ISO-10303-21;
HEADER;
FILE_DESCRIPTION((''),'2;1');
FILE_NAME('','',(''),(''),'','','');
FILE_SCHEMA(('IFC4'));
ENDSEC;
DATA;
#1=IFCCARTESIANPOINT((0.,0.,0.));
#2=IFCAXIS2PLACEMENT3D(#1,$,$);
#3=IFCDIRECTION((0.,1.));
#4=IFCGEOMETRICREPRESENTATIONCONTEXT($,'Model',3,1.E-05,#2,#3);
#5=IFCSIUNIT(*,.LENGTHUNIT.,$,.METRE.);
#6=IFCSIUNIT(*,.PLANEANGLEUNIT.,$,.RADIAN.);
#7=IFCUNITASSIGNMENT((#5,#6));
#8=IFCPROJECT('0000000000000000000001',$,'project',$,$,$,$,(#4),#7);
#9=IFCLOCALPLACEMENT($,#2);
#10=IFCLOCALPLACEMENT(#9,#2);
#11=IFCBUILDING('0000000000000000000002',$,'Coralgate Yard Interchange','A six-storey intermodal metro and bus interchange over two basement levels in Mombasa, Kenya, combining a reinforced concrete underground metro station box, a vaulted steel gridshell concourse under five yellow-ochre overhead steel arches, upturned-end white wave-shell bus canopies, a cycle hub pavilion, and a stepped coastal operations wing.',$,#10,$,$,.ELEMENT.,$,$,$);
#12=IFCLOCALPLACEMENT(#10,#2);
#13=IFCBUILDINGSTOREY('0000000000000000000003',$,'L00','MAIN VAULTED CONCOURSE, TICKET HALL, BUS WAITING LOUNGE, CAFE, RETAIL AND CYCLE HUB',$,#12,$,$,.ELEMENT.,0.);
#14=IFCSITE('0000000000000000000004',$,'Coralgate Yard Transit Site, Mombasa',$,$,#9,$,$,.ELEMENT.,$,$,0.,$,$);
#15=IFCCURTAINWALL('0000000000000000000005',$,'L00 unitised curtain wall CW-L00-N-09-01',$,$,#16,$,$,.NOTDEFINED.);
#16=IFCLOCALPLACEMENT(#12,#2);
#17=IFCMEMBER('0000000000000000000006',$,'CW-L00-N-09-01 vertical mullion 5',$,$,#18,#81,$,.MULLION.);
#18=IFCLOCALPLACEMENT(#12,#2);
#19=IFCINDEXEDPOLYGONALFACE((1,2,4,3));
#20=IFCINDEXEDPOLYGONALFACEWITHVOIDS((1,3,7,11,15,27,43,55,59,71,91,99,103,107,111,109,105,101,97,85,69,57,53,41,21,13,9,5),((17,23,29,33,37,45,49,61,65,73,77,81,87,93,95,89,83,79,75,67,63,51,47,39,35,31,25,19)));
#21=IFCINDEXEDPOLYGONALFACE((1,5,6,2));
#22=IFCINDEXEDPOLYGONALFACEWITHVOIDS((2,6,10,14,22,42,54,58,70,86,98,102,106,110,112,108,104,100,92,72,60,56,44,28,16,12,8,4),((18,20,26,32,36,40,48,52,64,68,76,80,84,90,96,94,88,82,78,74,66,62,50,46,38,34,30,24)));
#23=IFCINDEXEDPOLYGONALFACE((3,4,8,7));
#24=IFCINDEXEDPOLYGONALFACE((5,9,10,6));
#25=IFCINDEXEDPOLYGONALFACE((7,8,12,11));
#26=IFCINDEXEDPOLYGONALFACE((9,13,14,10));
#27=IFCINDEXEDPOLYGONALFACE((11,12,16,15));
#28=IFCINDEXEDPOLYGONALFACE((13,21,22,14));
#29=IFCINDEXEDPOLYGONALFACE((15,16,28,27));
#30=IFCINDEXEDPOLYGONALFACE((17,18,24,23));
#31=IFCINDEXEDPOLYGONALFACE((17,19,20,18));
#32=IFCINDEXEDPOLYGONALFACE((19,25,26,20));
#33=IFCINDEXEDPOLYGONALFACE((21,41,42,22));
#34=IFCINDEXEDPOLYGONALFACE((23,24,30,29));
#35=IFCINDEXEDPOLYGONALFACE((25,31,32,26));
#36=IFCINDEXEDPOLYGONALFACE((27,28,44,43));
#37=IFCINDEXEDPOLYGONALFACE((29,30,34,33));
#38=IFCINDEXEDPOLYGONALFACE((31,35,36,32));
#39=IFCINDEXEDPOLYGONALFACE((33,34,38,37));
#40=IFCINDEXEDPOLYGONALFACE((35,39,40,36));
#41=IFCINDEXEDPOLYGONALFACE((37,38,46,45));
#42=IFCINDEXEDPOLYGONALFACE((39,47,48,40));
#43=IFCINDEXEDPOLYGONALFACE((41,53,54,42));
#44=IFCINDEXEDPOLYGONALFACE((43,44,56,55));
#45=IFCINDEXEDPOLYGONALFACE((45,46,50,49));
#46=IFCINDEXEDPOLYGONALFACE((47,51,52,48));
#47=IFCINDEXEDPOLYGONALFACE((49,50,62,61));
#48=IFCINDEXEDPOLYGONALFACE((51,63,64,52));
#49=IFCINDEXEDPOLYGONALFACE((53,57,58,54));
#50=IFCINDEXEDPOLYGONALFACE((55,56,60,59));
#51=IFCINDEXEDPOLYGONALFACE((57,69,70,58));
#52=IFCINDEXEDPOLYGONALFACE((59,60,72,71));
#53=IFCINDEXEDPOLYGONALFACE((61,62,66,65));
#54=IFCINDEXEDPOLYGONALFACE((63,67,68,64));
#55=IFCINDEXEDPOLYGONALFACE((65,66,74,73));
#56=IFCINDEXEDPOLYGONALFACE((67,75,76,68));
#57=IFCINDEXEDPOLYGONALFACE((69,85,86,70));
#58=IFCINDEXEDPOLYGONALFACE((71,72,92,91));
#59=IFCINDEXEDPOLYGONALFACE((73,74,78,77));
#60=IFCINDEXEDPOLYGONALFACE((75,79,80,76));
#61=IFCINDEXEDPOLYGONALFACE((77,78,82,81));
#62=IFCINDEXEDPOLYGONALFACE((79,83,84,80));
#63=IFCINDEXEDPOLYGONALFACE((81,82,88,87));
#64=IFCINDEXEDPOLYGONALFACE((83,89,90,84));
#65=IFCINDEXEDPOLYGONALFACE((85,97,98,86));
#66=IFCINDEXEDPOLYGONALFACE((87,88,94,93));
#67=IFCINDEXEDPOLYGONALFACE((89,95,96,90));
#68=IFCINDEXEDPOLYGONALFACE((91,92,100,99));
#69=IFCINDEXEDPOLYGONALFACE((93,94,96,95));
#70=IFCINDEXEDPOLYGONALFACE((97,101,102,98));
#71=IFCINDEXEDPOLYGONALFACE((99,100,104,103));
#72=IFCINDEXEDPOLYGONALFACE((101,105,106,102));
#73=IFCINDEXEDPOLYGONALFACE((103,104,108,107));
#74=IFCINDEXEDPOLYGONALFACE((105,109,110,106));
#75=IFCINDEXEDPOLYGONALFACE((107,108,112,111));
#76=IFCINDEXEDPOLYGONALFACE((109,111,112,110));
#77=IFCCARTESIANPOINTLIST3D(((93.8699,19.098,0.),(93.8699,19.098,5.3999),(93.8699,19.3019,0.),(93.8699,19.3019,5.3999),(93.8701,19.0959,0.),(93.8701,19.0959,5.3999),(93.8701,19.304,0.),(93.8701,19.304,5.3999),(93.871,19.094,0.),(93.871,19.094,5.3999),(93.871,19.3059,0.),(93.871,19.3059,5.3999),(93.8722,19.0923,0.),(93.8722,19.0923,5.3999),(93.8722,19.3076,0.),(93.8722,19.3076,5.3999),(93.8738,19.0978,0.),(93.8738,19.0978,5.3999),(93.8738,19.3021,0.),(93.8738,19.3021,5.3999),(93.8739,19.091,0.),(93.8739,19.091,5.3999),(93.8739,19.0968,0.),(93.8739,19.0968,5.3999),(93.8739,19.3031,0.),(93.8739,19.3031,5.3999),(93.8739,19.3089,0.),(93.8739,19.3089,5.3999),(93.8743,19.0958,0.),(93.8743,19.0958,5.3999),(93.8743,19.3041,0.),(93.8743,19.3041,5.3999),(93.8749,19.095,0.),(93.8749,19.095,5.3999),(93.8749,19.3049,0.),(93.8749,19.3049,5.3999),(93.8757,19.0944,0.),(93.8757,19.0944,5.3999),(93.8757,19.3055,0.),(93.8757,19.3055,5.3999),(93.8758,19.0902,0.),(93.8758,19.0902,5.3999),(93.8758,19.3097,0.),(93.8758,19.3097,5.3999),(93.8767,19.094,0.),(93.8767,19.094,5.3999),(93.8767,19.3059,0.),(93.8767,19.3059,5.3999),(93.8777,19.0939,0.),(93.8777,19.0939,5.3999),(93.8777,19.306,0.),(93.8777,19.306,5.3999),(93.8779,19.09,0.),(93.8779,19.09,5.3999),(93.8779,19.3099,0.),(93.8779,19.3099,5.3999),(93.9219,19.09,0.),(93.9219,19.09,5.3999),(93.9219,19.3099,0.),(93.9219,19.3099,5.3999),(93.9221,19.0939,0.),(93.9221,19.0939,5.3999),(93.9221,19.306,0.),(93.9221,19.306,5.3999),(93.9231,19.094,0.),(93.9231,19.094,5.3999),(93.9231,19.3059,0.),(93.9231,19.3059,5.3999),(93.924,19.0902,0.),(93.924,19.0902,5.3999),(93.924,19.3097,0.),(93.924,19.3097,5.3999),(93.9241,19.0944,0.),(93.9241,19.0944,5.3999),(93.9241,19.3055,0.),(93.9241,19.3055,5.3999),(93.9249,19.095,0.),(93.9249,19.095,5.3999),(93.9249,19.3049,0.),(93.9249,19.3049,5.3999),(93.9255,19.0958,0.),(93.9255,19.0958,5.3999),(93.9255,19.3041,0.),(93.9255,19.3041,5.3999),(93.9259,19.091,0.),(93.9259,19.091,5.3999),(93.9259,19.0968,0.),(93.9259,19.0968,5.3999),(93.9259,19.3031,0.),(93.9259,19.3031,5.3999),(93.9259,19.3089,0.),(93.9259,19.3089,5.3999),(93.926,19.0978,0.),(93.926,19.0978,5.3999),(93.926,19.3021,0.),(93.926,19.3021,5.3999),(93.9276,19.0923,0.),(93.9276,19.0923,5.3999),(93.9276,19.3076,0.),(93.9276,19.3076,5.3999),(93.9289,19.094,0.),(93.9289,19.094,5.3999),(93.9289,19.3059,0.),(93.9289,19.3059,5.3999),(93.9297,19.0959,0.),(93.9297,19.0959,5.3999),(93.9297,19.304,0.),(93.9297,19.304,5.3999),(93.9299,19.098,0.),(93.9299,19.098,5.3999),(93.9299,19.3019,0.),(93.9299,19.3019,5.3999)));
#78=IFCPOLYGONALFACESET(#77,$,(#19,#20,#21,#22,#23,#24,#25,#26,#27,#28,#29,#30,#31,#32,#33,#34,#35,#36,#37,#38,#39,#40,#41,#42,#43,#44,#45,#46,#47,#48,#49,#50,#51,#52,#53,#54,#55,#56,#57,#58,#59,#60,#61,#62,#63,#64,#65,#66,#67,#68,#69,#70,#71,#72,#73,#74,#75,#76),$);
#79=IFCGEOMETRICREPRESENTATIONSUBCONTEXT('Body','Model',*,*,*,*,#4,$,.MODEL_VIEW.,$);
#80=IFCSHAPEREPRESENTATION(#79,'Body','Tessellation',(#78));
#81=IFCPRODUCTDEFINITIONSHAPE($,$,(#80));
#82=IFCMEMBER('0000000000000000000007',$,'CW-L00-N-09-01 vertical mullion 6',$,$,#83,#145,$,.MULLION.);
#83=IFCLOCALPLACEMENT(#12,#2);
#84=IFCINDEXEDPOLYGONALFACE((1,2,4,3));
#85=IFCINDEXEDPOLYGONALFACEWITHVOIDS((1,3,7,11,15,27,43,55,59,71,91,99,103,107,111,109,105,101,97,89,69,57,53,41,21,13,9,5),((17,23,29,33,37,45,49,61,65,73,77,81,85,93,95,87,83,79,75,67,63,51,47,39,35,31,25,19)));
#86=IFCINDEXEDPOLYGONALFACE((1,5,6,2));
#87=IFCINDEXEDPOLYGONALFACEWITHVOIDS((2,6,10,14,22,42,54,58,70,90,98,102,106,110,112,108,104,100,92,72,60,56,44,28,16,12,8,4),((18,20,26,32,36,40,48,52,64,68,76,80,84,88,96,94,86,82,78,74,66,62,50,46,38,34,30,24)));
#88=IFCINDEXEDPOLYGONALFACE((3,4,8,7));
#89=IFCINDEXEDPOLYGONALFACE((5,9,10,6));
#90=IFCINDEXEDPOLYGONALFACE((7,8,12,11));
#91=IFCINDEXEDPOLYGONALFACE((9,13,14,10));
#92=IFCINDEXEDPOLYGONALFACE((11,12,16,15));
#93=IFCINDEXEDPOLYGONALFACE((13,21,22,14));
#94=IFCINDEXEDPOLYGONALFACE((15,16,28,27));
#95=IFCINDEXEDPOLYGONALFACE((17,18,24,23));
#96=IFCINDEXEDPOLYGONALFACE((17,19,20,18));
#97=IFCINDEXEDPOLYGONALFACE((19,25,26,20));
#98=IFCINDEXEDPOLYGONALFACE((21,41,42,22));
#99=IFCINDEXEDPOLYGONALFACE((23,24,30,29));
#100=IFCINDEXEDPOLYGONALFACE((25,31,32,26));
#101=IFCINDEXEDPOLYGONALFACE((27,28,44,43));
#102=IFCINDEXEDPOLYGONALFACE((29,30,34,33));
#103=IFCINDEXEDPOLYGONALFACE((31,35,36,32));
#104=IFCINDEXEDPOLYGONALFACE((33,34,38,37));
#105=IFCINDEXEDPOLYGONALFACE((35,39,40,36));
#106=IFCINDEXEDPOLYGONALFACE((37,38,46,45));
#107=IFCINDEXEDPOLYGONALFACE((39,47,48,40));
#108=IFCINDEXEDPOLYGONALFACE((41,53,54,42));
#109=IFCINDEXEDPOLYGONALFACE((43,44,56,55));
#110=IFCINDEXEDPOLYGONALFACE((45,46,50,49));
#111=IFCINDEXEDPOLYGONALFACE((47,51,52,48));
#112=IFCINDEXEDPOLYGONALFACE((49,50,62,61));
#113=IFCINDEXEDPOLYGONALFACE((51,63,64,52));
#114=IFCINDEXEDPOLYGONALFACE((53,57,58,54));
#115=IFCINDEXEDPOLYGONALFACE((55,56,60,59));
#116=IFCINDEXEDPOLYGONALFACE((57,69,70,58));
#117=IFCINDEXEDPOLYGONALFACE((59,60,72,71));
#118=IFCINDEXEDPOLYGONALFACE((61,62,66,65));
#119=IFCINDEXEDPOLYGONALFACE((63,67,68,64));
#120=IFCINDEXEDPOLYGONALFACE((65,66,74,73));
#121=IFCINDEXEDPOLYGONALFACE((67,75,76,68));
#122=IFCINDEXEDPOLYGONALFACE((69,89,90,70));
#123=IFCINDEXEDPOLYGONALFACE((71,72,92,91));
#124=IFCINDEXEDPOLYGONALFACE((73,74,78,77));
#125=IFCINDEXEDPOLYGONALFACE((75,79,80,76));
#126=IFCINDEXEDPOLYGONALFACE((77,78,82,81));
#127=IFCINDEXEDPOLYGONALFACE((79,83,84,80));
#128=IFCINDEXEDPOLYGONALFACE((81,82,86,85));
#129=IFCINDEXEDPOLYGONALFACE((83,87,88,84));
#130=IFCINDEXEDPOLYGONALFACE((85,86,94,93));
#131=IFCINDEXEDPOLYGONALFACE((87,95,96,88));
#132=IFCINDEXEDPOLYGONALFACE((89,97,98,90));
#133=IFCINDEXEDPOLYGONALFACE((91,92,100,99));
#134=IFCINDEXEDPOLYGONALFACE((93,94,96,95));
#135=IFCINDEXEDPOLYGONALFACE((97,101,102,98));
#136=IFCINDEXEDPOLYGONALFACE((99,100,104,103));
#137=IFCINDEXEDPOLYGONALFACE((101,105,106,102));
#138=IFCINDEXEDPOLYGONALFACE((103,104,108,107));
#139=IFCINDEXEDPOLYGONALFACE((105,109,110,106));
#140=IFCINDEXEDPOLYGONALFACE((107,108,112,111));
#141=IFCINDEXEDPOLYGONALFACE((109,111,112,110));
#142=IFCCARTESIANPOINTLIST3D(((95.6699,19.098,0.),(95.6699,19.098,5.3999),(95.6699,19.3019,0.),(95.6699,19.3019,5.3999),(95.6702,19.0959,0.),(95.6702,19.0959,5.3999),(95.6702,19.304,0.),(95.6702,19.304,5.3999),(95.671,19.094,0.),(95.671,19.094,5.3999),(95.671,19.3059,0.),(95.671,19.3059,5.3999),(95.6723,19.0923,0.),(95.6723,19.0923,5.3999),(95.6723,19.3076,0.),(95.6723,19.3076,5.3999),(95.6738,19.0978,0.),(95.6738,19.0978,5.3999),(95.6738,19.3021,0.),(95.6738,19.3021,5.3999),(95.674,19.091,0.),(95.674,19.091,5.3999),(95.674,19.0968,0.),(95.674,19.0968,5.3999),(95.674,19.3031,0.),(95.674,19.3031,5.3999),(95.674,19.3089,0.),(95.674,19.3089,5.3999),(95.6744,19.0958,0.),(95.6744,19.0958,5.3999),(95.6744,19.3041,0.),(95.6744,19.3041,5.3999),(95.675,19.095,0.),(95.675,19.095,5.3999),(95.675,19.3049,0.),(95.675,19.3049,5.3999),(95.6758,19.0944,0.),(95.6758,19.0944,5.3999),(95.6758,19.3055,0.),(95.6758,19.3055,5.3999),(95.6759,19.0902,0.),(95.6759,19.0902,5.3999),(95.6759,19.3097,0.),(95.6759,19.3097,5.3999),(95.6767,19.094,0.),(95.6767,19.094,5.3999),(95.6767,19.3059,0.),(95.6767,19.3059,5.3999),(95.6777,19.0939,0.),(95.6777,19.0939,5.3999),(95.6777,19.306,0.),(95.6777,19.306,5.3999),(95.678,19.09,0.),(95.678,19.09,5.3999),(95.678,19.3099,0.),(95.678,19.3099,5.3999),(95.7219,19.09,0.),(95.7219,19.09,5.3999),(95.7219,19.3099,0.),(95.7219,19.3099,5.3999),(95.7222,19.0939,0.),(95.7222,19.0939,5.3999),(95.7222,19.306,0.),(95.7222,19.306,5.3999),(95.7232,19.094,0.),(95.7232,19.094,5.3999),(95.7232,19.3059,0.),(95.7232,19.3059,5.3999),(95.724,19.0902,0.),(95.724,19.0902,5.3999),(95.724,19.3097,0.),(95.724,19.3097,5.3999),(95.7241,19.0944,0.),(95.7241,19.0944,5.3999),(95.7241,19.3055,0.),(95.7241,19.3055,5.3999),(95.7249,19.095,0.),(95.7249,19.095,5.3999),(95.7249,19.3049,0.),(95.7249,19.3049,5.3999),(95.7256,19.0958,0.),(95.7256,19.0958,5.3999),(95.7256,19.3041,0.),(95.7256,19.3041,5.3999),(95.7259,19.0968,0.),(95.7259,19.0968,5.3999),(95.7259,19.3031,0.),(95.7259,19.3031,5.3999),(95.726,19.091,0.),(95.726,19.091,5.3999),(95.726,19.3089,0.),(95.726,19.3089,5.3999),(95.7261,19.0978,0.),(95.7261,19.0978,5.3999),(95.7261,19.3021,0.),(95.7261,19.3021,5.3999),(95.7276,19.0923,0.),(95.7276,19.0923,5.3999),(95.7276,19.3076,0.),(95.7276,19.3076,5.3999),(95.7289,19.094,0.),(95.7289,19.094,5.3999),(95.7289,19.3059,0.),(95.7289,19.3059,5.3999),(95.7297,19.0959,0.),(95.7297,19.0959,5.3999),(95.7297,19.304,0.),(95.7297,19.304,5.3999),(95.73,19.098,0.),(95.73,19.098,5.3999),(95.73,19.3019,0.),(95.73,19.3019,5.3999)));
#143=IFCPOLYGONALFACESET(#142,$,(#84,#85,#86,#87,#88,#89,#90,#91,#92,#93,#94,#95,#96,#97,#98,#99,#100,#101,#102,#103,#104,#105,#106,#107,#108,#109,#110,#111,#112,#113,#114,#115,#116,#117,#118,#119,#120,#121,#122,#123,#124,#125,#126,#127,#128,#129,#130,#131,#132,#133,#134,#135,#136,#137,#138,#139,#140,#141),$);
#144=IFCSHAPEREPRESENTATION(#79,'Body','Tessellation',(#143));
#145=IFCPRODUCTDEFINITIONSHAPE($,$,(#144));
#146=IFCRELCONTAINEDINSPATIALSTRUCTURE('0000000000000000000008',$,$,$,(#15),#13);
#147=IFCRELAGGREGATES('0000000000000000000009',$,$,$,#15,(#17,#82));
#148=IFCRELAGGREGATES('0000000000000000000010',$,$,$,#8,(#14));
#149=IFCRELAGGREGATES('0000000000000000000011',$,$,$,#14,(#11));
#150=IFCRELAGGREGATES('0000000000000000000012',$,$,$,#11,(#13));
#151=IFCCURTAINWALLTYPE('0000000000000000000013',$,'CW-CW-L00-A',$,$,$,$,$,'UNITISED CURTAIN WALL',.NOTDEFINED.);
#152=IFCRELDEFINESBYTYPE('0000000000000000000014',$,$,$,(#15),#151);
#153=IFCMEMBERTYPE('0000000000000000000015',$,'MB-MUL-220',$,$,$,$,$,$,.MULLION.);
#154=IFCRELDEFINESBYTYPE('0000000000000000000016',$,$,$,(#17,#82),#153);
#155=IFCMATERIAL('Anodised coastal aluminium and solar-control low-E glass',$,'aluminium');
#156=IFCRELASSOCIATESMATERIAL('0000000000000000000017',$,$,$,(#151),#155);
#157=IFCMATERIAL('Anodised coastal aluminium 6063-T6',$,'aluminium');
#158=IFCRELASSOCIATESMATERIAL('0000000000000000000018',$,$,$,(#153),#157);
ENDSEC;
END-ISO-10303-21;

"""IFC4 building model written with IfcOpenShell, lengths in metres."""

from ifc_helpers import new_model, si_unit, direction, frame, origin, origin_2d, place, context, subcontext, project, spatial, hollow_rectangle, extrude, material, material_profile, profile_set, type_object, element, aggregate, save


model = new_model("IFC4")

# Units and contexts
model_context = context("Model", 3, precision=1e-05, world=origin(), true_north=direction((0.0, 1.0)))
body_context = subcontext(model_context, "Body", "Model", "MODEL_VIEW")
ifc_project = project(units=[si_unit("LENGTHUNIT", "METRE"), si_unit("PLANEANGLEUNIT", "RADIAN")], contexts=[model_context])

# Site, building, storey
site_placement = place(None, origin())
site = spatial("IfcSite", under=ifc_project, at=site_placement, Name="Coralgate Yard Transit Site, Mombasa", CompositionType="ELEMENT", RefElevation=0.0)
building_placement = place(site_placement, origin())
building = spatial("IfcBuilding", under=site, at=building_placement, Name="Coralgate Yard Interchange", Description="A six-storey intermodal metro and bus interchange over two basement levels in Mombasa, Kenya, combining a reinforced concrete underground metro station box, a vaulted steel gridshell concourse under five yellow-ochre overhead steel arches, upturned-end white wave-shell bus canopies, a cycle hub pavilion, and a stepped coastal operations wing.", CompositionType="ELEMENT")
storey_placement = place(building_placement, origin())
storey = spatial("IfcBuildingStorey", under=building, at=storey_placement, Name="L00", Description="MAIN VAULTED CONCOURSE, TICKET HALL, BUS WAITING LOUNGE, CAFE, RETAIL AND CYCLE HUB", CompositionType="ELEMENT", Elevation=0.0)

# Curtain wall, members
ifc_material_1 = material(Name="Anodised coastal aluminium and solar-control low-E glass", Category="aluminium")
curtain_wall_type = type_object("IfcCurtainWallType", Name="CW-CW-L00-A", ElementType="UNITISED CURTAIN WALL", PredefinedType="NOTDEFINED", material=ifc_material_1)
curtain_wall_placement = place(storey_placement, origin())
curtain_wall = element("IfcCurtainWall", 1, at=curtain_wall_placement, inside=storey, type_object=curtain_wall_type, Name="L00 unitised curtain wall CW-L00-N-09-01", PredefinedType="NOTDEFINED")
ifc_material_2 = material(Name="Anodised coastal aluminium 6063-T6", Category="aluminium")
ifc_material_profile_1 = material_profile(ifc_material_2, hollow_rectangle(XDim=0.0601, YDim=0.22, WallThickness=0.0039, InnerFilletRadius=0.0039, OuterFilletRadius=0.0081, at=origin_2d()), Name="ALU 60x220x4")
ifc_profile_set_1 = profile_set([ifc_material_profile_1], Name="Anodised coastal aluminium 6063-T6")
member_type_1 = type_object("IfcMemberType", Name="MB-MUL-220", PredefinedType="MULLION", material=ifc_profile_set_1)
member_1_placement = place(storey_placement, frame((93.8999, 19.2, 0.0), z_axis=(0.0, 0.0, 1.0), x_axis=(1.0, 0.0, 0.0)))
member_1 = element("IfcMember", 2, at=member_1_placement, type_object=member_type_1, Name="CW-L00-N-09-01 vertical mullion 5", PredefinedType="MULLION", context=body_context, shape_type="SweptSolid", body=[
    extrude(hollow_rectangle(XDim=0.0601, YDim=0.22, WallThickness=0.0039, InnerFilletRadius=0.0039, OuterFilletRadius=0.0081, at=origin_2d()), origin(), (0.0, 0.0, 1.0), 5.3999),
])
member_2_placement = place(storey_placement, frame((95.7, 19.2, 0.0), z_axis=(0.0, 0.0, 1.0), x_axis=(1.0, 0.0, 0.0)))
member_2 = element("IfcMember", 3, at=member_2_placement, type_object=member_type_1, Name="CW-L00-N-09-01 vertical mullion 6", PredefinedType="MULLION", context=body_context, shape_type="SweptSolid", body=[
    extrude(hollow_rectangle(XDim=0.0601, YDim=0.22, WallThickness=0.0039, InnerFilletRadius=0.0039, OuterFilletRadius=0.0081, at=origin_2d()), origin(), (0.0, 0.0, 1.0), 5.3999),
])
aggregate(curtain_wall, [member_1, member_2])

save(model, "model.ifc")
